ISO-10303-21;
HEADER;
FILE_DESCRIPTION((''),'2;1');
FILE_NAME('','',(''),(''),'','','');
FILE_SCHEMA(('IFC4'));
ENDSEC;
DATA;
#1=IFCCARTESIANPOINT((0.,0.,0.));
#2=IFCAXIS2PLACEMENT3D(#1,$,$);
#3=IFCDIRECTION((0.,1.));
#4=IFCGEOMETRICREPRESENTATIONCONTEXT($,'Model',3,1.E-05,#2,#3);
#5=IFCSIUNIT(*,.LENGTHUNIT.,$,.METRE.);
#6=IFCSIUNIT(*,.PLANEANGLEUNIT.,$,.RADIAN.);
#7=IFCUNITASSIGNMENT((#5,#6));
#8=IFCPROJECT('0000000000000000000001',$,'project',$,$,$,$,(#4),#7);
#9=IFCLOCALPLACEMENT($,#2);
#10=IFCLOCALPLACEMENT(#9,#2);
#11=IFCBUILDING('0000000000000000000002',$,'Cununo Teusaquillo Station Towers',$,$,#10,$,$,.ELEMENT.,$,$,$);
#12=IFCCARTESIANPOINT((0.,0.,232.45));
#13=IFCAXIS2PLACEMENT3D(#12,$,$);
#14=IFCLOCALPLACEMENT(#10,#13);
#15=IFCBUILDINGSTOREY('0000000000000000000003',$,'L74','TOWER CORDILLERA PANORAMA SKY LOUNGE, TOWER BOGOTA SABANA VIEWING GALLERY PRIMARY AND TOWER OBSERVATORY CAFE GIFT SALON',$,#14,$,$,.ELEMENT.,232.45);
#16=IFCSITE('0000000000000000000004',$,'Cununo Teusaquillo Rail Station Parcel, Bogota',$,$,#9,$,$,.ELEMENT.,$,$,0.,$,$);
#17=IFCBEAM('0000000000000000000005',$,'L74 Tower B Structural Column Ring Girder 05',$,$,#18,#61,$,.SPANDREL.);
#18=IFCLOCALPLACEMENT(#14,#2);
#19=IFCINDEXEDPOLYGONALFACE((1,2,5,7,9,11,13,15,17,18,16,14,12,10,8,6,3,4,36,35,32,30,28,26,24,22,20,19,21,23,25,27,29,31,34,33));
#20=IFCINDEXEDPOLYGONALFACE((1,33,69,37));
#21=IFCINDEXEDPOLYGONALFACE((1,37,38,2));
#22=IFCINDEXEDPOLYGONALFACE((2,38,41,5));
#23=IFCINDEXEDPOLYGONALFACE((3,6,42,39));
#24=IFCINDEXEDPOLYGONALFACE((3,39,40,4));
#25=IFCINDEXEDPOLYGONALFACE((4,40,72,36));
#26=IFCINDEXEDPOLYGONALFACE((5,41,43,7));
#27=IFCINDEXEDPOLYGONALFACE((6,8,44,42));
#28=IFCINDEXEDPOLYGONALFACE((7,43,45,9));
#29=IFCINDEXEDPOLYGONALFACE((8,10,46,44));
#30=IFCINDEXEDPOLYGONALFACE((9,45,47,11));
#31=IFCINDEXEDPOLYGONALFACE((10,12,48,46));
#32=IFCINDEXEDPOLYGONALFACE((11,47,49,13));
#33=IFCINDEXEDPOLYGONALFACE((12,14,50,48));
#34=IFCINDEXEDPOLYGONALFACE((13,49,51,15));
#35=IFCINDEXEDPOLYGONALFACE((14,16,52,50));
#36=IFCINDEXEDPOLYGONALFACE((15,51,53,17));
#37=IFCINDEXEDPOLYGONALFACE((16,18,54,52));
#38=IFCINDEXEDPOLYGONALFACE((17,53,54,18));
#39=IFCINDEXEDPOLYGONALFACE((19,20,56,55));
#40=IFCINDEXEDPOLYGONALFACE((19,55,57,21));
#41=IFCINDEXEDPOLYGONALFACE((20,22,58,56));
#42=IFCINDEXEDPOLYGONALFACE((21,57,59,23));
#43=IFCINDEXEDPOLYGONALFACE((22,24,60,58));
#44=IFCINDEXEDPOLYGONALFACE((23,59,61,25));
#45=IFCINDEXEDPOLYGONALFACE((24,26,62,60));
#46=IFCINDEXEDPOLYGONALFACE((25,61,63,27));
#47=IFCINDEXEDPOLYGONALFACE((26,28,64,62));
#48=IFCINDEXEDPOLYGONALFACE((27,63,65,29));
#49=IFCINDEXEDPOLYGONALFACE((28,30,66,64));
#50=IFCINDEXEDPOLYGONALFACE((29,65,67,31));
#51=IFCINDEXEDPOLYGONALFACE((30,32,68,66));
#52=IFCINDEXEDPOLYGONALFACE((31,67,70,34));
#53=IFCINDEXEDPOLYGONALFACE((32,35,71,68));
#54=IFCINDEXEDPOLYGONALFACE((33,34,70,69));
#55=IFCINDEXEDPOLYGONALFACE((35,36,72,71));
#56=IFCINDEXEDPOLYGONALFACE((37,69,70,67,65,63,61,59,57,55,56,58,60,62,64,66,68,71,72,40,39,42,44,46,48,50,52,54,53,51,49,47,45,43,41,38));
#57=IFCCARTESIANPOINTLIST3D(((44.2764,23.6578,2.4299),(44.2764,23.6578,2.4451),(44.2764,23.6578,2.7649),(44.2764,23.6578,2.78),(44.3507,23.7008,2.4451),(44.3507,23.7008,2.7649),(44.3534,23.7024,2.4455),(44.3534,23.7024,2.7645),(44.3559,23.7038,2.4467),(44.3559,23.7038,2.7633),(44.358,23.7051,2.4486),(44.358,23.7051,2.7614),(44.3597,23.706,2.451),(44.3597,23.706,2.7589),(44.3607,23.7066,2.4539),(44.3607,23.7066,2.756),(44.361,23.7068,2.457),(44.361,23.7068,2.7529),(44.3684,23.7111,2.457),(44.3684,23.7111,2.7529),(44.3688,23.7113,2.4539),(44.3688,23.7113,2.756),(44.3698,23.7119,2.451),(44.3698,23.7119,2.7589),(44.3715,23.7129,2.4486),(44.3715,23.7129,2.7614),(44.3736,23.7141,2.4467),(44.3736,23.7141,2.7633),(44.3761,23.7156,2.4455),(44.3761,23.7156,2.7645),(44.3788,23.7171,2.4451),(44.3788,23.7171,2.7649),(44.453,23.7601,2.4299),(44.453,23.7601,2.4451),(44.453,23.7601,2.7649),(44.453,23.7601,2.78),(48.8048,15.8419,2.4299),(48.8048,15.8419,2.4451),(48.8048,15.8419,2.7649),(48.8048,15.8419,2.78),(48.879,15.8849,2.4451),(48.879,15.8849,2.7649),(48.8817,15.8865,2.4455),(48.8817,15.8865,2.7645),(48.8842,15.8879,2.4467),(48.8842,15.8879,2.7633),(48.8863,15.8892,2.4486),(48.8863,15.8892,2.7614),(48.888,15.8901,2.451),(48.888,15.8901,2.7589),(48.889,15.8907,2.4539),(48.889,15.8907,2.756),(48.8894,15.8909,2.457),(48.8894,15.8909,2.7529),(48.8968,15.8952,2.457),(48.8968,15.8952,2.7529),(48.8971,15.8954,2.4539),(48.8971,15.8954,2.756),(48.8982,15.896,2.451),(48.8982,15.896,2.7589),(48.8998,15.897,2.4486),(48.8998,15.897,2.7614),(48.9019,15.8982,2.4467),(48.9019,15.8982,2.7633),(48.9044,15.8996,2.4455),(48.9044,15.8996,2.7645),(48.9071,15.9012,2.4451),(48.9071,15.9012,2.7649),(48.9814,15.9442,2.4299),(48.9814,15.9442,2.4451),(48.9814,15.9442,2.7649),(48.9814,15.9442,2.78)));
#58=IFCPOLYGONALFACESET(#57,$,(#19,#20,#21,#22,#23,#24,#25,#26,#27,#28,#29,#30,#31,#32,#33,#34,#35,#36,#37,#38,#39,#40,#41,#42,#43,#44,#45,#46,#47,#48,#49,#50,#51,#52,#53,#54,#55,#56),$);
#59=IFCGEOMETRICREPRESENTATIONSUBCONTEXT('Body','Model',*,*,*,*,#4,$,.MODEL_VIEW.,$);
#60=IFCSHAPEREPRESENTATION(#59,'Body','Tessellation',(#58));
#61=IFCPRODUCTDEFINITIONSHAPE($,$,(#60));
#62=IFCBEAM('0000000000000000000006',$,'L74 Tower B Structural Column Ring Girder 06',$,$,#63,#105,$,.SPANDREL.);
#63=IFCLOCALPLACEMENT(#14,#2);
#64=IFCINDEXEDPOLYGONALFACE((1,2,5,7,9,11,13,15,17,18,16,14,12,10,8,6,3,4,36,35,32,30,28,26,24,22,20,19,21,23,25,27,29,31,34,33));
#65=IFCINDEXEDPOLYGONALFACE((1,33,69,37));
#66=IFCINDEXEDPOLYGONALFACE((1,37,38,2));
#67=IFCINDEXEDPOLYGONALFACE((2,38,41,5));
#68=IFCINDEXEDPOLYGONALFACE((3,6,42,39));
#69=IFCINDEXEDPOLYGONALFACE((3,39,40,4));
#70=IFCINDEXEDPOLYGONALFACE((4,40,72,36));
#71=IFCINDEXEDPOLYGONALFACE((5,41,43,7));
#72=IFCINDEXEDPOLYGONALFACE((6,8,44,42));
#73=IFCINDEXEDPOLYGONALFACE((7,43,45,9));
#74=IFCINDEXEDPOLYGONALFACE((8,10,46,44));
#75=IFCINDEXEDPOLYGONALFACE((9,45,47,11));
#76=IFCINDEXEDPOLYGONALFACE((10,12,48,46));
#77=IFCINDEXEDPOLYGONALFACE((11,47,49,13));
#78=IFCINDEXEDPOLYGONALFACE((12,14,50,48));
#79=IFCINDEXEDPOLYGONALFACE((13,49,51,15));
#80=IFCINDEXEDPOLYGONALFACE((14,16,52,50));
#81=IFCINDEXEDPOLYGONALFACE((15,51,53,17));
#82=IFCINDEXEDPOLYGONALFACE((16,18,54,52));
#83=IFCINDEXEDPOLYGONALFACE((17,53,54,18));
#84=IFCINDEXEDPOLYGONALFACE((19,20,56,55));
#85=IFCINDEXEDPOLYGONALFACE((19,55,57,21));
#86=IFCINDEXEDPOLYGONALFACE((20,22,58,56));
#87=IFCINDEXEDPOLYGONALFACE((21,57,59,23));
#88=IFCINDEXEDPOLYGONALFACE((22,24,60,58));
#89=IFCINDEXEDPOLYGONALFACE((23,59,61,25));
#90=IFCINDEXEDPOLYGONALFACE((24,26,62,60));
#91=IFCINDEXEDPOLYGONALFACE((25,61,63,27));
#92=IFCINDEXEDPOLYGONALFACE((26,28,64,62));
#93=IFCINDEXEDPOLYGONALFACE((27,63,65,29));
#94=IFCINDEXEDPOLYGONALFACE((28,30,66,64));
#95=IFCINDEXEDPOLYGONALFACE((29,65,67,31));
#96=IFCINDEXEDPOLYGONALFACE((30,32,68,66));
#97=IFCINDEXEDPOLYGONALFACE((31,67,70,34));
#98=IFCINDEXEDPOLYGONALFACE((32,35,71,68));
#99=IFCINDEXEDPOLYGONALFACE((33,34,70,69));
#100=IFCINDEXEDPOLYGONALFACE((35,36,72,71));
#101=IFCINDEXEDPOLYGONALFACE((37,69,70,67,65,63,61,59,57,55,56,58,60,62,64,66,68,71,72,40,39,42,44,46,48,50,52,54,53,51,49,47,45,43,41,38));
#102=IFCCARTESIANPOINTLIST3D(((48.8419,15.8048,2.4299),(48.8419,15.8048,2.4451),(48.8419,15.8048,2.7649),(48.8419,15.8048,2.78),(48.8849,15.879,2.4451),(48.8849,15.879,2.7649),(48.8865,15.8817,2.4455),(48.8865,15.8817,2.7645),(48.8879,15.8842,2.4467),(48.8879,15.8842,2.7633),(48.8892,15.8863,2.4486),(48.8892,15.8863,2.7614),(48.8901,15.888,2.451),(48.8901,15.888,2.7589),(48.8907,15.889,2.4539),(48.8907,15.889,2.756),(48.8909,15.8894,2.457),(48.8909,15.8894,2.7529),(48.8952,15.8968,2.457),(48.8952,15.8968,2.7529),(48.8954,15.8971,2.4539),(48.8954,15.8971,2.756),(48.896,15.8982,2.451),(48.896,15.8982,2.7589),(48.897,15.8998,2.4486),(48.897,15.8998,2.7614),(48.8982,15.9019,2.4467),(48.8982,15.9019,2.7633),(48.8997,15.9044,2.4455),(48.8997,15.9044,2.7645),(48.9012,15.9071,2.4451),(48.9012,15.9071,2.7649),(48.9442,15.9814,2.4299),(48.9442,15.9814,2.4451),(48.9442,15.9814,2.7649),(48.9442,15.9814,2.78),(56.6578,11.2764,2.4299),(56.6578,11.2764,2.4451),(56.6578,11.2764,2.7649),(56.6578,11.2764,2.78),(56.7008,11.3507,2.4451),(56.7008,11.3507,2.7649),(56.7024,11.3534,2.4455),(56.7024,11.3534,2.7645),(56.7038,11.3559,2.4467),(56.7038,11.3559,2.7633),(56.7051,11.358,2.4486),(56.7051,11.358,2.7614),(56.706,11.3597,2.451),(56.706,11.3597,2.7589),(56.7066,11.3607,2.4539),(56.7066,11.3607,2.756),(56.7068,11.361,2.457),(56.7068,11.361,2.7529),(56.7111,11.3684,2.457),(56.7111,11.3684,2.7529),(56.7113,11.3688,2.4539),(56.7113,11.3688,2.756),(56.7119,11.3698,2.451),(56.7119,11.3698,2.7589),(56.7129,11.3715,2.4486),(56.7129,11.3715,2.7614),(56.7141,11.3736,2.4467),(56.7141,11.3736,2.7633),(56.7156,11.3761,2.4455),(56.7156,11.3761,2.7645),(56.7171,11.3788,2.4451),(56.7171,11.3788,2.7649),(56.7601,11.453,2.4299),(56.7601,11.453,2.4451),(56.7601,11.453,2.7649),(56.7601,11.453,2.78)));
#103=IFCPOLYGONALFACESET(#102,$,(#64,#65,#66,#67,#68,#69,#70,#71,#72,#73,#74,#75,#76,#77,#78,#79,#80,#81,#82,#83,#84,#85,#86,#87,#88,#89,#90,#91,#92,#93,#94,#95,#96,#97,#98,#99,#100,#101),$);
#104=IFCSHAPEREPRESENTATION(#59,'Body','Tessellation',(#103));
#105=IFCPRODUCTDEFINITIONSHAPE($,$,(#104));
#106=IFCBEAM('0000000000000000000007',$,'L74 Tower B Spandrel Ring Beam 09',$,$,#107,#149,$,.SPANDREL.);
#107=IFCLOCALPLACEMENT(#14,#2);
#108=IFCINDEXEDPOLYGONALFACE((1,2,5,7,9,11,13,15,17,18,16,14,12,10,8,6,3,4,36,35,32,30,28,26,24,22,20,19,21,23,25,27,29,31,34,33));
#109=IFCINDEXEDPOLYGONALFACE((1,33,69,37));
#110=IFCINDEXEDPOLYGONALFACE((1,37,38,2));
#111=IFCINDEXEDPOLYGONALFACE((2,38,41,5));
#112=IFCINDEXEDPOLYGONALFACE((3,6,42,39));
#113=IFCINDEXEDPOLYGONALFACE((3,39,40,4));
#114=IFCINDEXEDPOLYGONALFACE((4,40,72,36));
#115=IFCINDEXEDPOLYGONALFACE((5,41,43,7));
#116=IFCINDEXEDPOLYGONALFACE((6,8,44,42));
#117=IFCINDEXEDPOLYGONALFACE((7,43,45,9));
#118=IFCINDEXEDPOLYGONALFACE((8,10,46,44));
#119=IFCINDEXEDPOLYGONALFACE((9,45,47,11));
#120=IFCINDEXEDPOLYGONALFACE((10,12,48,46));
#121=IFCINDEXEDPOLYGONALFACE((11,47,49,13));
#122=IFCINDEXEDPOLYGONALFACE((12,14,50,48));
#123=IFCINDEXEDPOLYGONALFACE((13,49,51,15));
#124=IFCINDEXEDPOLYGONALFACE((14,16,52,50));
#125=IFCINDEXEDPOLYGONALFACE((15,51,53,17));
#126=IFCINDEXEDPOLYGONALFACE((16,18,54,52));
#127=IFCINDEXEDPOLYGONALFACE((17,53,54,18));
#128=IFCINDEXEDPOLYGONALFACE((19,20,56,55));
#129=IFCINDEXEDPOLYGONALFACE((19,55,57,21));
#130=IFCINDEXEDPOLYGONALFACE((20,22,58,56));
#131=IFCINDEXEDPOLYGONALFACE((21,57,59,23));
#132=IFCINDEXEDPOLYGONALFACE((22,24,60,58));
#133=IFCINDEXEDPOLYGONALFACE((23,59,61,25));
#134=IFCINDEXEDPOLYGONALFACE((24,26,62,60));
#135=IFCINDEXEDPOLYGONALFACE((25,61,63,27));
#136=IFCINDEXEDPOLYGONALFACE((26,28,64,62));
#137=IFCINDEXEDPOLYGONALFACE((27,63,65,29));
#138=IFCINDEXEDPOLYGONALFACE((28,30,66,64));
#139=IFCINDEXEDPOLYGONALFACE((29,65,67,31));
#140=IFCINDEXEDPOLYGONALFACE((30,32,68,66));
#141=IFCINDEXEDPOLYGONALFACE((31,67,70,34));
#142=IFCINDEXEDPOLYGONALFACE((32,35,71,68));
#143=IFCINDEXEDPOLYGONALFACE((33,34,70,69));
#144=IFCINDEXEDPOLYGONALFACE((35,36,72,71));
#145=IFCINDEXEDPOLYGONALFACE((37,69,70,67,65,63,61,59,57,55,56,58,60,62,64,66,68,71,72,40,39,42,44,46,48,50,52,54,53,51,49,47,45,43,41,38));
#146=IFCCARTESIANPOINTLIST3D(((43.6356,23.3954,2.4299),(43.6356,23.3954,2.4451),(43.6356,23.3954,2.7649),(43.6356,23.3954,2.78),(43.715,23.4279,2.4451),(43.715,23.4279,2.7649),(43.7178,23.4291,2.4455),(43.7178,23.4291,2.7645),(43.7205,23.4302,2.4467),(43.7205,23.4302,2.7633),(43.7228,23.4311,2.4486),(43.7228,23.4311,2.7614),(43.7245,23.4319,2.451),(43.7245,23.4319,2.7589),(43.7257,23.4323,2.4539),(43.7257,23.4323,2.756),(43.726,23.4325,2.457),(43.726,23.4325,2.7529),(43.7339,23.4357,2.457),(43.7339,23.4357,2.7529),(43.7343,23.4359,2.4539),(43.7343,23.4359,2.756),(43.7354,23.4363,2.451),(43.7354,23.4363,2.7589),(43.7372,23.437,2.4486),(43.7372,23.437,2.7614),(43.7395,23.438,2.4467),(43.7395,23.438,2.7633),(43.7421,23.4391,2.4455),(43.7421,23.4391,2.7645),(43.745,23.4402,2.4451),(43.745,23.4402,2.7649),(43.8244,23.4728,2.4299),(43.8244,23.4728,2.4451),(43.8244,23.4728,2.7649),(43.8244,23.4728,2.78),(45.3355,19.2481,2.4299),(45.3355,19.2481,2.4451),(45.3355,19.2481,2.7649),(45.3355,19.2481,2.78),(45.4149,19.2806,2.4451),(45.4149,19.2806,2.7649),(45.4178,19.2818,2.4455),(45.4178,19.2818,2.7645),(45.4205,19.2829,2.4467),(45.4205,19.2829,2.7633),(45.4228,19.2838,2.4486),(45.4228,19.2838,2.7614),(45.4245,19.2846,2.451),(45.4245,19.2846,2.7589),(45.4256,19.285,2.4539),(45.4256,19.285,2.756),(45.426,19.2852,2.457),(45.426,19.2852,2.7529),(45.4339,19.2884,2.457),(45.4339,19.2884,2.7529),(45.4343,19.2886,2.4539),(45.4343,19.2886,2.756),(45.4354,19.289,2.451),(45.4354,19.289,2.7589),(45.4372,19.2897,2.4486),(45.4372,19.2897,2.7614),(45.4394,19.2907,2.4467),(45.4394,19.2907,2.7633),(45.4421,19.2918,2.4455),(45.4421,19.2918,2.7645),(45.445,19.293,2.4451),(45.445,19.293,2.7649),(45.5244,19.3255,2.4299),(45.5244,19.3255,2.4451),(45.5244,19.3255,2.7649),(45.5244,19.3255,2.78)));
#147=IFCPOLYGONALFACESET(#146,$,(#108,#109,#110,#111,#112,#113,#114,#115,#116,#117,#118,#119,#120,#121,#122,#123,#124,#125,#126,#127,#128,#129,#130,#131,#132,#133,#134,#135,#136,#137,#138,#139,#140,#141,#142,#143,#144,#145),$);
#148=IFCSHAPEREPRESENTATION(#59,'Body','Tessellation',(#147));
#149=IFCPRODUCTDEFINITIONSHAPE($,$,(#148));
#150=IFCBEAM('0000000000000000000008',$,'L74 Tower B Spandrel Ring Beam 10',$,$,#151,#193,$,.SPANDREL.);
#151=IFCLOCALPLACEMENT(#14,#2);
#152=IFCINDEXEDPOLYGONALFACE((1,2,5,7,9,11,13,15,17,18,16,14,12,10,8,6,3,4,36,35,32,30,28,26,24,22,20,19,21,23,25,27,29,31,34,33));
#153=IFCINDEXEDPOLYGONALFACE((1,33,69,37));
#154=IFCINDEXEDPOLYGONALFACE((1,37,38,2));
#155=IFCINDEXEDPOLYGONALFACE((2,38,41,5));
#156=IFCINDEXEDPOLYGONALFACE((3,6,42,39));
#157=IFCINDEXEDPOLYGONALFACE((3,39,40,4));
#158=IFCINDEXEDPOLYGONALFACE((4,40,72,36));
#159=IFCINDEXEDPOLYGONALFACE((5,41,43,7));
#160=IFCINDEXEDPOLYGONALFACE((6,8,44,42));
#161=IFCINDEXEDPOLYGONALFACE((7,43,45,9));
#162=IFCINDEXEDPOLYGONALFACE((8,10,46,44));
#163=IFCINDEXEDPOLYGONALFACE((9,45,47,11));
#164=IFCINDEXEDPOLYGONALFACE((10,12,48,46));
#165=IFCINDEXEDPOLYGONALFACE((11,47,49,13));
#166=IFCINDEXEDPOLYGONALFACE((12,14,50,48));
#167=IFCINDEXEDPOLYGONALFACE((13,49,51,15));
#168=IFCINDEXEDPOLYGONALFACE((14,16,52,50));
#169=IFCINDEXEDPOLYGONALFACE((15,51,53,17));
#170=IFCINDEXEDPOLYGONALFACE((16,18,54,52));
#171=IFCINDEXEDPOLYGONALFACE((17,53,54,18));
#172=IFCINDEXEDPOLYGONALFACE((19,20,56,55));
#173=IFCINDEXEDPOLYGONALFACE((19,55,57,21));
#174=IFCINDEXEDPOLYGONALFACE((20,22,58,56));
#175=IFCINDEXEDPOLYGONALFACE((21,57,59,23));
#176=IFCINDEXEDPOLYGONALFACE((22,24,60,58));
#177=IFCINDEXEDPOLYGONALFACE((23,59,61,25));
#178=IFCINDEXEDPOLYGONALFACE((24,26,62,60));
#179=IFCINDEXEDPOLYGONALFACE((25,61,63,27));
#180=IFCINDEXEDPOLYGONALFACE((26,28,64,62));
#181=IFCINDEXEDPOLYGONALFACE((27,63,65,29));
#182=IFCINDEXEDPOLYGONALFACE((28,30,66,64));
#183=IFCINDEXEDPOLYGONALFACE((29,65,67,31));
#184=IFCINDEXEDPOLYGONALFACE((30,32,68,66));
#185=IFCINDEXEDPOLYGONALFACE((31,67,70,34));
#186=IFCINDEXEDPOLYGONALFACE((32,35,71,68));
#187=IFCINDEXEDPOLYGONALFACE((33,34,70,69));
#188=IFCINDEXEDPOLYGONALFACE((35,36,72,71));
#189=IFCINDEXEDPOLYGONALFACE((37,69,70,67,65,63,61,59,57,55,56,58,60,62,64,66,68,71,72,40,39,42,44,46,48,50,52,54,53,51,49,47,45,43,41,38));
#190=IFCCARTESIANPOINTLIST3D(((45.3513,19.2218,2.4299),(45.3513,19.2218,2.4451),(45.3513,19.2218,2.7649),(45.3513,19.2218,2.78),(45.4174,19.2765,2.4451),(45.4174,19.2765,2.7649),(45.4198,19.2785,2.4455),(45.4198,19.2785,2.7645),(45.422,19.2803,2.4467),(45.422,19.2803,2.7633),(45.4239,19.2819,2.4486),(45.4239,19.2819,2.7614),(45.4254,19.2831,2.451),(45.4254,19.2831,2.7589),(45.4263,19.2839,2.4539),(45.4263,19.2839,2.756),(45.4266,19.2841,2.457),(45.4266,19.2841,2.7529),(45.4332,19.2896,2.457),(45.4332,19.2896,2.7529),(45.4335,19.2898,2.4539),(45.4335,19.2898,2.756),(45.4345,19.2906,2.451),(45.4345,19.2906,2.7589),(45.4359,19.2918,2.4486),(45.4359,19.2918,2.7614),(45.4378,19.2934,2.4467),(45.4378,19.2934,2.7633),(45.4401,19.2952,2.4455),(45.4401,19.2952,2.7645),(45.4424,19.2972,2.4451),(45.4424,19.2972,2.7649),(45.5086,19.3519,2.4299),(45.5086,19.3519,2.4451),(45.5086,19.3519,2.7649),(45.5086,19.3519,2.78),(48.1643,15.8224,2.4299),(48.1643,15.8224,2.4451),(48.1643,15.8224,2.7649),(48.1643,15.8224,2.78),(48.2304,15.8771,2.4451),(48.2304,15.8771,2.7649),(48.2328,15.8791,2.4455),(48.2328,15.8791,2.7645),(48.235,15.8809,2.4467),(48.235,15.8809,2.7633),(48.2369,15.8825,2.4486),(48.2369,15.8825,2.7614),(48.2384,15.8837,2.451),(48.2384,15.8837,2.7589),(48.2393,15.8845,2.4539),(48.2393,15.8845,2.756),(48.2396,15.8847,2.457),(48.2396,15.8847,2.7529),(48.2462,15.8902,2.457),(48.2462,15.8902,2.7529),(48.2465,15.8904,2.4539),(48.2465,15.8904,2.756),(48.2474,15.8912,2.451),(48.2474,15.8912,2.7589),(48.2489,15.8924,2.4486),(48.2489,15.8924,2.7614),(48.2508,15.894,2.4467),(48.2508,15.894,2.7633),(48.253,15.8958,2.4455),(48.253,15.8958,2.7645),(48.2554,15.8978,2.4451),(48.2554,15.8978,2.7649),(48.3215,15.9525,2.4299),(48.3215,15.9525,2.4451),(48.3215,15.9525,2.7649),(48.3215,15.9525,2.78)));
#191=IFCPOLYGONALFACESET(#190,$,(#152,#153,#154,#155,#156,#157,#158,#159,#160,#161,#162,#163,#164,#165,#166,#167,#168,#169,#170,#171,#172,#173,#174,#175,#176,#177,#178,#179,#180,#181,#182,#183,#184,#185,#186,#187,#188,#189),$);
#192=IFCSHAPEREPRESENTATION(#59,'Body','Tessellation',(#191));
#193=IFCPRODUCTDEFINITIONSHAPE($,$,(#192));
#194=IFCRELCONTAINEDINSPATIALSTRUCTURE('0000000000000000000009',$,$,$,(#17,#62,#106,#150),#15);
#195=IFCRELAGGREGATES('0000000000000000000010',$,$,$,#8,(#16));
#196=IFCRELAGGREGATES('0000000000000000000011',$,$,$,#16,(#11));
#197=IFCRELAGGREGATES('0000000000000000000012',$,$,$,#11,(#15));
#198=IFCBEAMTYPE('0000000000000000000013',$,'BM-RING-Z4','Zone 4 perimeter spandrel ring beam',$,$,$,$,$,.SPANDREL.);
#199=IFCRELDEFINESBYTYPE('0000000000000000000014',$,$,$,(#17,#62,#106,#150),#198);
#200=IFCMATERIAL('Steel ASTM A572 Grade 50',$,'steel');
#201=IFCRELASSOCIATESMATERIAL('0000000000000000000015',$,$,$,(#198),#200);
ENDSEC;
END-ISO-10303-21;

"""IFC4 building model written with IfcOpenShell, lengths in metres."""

from ifc_helpers import new_model, si_unit, direction, frame, origin, origin_2d, place, context, subcontext, project, spatial, i_section, extrude, material, material_profile, profile_set, type_object, element, save


model = new_model("IFC4")

# Units and contexts
model_context = context("Model", 3, precision=1e-05, world=origin(), true_north=direction((0.0, 1.0)))
body_context = subcontext(model_context, "Body", "Model", "MODEL_VIEW")
ifc_project = project(units=[si_unit("LENGTHUNIT", "METRE"), si_unit("PLANEANGLEUNIT", "RADIAN")], contexts=[model_context])

# Site, building, storey
site_placement = place(None, origin())
site = spatial("IfcSite", under=ifc_project, at=site_placement, Name="Cununo Teusaquillo Rail Station Parcel, Bogota", CompositionType="ELEMENT", RefElevation=0.0)
building_placement = place(site_placement, origin())
building = spatial("IfcBuilding", under=site, at=building_placement, Name="Cununo Teusaquillo Station Towers", CompositionType="ELEMENT")
storey_placement = place(building_placement, frame((0.0, 0.0, 232.45)))
storey = spatial("IfcBuildingStorey", under=building, at=storey_placement, Name="L74", Description="TOWER CORDILLERA PANORAMA SKY LOUNGE, TOWER BOGOTA SABANA VIEWING GALLERY PRIMARY AND TOWER OBSERVATORY CAFE GIFT SALON", CompositionType="ELEMENT", Elevation=232.45)

# Beams
ifc_material_1 = material(Name="Steel ASTM A572 Grade 50", Category="steel")
ifc_material_profile_1 = material_profile(ifc_material_1, i_section(OverallWidth=0.2041, OverallDepth=0.3501, WebThickness=0.0085, FlangeThickness=0.0151, FilletRadius=0.012, at=origin_2d()), Name="W14X48")
ifc_profile_set_1 = profile_set([ifc_material_profile_1], Name="Steel ASTM A572 Grade 50")
beam_type_1 = type_object("IfcBeamType", Name="BM-RING-Z4", Description="Zone 4 perimeter spandrel ring beam", PredefinedType="SPANDREL", material=ifc_profile_set_1)
for number, where, z_axis, x_axis, name in (
    (1, (44.3647, 23.709, 2.605), (0.501311, -0.865267, 0.0), (0.865267, 0.501311, 0.0), "L74 Tower B Structural Column Ring Girder 05"),
    (2, (48.8931, 15.8931, 2.605), (0.865267, -0.501311, 0.0), (0.501311, 0.865267, 0.0), "L74 Tower B Structural Column Ring Girder 06"),
):
    element("IfcBeam", number, at=place(storey_placement, frame(where, z_axis=z_axis, x_axis=x_axis)), inside=storey, type_object=beam_type_1, Name=name, PredefinedType="SPANDREL", context=body_context, shape_type="SweptSolid", body=[
        extrude(i_section(OverallWidth=0.2041, OverallDepth=0.3501, WebThickness=0.0085, FlangeThickness=0.0151, FilletRadius=0.012, at=origin_2d()), origin(), (0.0, 0.0, 1.0), 9.033),
    ])
beam_1_placement = place(storey_placement, frame((43.73, 23.4341, 2.605), z_axis=(0.379275, -0.925284, 0.0), x_axis=(0.925284, 0.379275, 0.0)))
element("IfcBeam", 3, at=beam_1_placement, inside=storey, type_object=beam_type_1, Name="L74 Tower B Spandrel Ring Beam 09", PredefinedType="SPANDREL", context=body_context, shape_type="SweptSolid", body=[
    extrude(i_section(OverallWidth=0.2041, OverallDepth=0.3501, WebThickness=0.0085, FlangeThickness=0.0151, FilletRadius=0.012, at=origin_2d()), origin(), (0.0, 0.0, 1.0), 4.4822),
])
beam_2_placement = place(storey_placement, frame((45.4299, 19.2869, 2.605), z_axis=(0.637525, -0.77043, 0.0), x_axis=(0.77043, 0.637525, 0.0)))
element("IfcBeam", 4, at=beam_2_placement, inside=storey, type_object=beam_type_1, Name="L74 Tower B Spandrel Ring Beam 10", PredefinedType="SPANDREL", context=body_context, shape_type="SweptSolid", body=[
    extrude(i_section(OverallWidth=0.2041, OverallDepth=0.3501, WebThickness=0.0085, FlangeThickness=0.0151, FilletRadius=0.012, at=origin_2d()), origin(), (0.0, 0.0, 1.0), 4.4124),
])

save(model, "model.ifc")
